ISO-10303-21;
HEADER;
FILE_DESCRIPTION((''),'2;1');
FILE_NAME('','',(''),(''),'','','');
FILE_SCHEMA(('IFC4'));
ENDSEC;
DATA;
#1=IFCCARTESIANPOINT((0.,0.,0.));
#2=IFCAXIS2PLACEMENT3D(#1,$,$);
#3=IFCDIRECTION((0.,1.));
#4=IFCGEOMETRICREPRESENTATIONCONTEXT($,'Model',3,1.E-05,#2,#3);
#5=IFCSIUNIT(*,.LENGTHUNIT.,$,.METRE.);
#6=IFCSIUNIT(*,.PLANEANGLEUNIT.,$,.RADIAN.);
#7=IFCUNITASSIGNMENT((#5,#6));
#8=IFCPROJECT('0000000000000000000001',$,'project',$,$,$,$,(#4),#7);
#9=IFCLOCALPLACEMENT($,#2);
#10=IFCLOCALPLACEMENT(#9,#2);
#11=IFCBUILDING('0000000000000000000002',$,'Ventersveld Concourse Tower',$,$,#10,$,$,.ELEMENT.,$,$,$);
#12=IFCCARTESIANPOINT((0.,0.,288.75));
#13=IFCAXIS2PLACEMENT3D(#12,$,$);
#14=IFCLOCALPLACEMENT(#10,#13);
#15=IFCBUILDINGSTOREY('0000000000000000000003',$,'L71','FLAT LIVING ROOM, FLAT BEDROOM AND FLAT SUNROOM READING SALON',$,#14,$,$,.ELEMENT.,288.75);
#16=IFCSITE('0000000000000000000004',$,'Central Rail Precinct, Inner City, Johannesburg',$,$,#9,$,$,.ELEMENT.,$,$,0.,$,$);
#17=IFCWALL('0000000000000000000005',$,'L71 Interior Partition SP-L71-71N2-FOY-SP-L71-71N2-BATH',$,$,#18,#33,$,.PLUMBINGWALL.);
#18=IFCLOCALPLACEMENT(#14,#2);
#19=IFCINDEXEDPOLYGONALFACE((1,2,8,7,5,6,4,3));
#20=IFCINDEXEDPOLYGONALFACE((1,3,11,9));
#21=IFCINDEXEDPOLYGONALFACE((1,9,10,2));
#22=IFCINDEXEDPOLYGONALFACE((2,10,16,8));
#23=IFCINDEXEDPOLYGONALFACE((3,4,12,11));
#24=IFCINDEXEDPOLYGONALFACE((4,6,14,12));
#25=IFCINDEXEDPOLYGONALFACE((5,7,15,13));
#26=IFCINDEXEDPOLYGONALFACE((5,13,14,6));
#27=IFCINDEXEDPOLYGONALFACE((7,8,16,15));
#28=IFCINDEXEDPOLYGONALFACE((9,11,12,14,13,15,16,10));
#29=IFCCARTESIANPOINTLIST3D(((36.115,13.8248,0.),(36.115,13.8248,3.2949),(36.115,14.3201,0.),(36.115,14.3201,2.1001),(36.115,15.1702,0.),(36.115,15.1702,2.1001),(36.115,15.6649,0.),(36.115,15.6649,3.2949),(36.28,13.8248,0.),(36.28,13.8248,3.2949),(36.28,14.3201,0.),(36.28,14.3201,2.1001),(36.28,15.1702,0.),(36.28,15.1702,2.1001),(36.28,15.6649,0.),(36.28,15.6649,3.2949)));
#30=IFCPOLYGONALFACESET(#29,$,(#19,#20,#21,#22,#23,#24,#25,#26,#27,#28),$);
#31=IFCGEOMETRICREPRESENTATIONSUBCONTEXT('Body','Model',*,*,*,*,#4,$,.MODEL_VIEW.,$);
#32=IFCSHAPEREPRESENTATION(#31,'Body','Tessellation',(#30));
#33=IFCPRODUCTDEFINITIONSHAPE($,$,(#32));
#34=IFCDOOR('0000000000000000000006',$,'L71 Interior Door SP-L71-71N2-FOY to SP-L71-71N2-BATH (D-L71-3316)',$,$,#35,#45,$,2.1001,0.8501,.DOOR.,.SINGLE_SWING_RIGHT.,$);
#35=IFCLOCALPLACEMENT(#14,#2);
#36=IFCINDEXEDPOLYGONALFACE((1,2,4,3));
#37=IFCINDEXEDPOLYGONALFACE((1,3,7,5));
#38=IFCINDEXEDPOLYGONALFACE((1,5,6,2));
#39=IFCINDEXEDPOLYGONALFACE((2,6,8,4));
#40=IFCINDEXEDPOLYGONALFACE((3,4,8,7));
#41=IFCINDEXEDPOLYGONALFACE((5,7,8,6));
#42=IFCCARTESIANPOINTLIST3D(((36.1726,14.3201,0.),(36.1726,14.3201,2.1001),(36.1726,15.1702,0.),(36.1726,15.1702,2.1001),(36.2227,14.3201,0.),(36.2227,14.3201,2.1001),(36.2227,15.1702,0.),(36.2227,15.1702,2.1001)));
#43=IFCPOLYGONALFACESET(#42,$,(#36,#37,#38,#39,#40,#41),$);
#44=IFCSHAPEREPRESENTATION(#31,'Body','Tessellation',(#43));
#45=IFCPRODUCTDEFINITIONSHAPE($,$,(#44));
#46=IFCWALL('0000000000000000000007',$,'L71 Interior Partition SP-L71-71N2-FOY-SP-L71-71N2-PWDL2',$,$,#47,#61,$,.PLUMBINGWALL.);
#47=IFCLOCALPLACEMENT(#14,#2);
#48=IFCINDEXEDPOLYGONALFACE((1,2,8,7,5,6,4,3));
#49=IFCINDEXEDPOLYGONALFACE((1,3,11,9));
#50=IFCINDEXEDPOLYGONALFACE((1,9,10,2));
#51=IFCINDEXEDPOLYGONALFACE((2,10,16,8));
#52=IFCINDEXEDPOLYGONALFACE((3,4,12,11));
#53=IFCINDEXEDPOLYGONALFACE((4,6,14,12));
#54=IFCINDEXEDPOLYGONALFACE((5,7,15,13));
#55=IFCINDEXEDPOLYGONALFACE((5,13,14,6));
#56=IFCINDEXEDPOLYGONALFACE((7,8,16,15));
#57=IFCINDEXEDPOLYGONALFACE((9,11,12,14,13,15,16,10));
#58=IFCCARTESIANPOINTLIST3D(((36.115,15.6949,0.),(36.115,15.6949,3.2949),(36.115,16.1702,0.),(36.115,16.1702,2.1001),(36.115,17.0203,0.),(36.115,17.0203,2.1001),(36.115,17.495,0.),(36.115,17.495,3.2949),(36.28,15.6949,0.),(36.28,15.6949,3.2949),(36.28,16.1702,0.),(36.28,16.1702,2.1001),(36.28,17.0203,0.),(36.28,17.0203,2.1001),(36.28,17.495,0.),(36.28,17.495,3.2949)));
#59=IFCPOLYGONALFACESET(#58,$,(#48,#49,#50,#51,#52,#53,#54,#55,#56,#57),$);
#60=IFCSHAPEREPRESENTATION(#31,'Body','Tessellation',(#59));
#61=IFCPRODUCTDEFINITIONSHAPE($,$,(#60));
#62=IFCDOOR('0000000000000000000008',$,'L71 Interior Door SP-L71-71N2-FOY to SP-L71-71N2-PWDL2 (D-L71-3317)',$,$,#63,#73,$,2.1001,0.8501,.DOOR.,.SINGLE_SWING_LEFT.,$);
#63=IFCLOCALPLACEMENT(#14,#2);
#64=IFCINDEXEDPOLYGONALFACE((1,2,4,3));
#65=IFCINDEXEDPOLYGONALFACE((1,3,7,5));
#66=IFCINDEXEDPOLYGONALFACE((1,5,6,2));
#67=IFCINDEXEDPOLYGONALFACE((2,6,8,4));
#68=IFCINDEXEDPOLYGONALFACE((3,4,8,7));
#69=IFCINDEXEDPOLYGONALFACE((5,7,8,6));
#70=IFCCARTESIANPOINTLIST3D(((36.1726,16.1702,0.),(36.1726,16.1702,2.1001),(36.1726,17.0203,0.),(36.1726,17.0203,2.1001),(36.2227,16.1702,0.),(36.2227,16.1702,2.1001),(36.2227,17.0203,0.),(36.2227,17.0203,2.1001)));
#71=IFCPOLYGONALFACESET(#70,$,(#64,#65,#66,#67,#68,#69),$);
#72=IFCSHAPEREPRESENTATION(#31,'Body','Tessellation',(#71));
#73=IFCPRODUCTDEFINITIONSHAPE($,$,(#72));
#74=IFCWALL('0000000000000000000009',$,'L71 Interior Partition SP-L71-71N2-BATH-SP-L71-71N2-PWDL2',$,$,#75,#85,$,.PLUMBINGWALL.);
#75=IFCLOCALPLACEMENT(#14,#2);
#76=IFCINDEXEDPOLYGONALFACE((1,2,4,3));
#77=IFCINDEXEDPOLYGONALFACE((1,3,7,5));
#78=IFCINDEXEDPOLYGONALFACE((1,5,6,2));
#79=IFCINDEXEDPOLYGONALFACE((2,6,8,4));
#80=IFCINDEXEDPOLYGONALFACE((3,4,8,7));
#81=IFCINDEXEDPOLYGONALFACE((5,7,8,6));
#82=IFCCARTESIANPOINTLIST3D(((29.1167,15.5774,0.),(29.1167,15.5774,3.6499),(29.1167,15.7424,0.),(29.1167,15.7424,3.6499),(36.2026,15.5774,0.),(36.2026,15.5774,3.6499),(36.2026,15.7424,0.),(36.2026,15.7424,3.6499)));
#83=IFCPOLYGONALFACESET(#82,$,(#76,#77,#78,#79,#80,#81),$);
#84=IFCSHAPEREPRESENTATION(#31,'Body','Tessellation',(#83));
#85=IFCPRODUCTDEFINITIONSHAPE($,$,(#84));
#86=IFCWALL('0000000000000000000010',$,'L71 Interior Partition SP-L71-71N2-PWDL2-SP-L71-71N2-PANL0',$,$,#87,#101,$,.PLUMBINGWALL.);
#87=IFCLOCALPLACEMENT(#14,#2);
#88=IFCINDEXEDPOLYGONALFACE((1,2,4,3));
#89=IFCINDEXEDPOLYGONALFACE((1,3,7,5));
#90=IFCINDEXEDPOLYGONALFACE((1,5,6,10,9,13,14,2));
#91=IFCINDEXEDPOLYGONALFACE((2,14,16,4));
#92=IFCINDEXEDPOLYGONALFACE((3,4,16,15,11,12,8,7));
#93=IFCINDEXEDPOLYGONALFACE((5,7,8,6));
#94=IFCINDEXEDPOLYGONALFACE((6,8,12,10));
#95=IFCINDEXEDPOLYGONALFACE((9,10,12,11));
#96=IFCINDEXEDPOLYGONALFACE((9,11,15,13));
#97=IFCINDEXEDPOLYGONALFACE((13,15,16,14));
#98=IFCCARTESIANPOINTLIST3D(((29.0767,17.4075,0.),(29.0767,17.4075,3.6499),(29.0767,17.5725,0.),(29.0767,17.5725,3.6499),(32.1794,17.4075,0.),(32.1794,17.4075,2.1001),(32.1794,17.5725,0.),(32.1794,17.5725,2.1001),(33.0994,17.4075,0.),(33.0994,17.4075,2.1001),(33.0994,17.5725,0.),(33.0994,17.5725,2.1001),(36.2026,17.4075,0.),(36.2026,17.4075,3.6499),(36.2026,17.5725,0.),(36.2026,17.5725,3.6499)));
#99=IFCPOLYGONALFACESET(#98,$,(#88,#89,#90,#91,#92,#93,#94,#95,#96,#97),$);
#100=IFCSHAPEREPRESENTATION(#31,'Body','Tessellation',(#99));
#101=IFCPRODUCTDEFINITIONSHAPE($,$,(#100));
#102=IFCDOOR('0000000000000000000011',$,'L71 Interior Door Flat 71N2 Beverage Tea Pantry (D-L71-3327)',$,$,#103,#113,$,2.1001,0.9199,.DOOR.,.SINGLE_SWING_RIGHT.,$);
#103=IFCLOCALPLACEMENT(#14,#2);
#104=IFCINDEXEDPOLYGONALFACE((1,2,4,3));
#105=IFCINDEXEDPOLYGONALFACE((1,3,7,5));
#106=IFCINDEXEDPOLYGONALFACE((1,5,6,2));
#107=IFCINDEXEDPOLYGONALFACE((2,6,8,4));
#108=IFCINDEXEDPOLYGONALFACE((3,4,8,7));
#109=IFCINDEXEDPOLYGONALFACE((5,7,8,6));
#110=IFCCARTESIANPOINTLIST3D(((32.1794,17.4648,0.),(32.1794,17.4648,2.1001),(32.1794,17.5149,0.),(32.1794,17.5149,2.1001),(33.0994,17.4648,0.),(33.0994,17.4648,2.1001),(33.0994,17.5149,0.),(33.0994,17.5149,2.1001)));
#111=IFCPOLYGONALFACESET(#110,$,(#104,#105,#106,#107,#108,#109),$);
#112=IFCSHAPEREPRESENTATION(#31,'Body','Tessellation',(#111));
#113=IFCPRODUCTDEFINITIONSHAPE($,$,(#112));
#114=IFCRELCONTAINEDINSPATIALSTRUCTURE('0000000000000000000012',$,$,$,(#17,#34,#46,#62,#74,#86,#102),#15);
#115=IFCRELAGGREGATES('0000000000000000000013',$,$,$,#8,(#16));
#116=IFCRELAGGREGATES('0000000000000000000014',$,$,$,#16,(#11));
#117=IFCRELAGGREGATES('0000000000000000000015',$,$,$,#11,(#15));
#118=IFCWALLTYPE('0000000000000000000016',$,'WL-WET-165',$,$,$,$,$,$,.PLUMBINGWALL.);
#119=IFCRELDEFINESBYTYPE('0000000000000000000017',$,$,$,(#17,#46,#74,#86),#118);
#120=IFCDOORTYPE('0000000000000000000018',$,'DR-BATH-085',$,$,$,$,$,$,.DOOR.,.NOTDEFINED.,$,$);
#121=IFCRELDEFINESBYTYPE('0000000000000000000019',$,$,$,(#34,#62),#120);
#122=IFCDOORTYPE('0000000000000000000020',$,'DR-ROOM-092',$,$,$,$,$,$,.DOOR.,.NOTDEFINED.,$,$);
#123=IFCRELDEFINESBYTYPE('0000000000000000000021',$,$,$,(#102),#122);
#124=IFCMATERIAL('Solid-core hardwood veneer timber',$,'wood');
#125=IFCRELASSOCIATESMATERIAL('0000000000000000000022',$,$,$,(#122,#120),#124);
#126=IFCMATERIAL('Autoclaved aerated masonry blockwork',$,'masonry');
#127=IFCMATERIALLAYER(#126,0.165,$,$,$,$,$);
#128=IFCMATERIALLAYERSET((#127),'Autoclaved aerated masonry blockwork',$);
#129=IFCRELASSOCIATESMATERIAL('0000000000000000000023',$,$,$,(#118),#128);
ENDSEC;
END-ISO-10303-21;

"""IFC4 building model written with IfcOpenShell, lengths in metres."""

from ifc_helpers import new_model, si_unit, direction, frame, frame_2d, origin, place, context, subcontext, project, spatial, rectangle, extrude, material, layer, layer_set, type_object, element, fill, save


model = new_model("IFC4")

# Units and contexts
model_context = context("Model", 3, precision=1e-05, world=origin(), true_north=direction((0.0, 1.0)))
body_context = subcontext(model_context, "Body", "Model", "MODEL_VIEW")
ifc_project = project(units=[si_unit("LENGTHUNIT", "METRE"), si_unit("PLANEANGLEUNIT", "RADIAN")], contexts=[model_context])

# Site, building, storey
site_placement = place(None, origin())
site = spatial("IfcSite", under=ifc_project, at=site_placement, Name="Central Rail Precinct, Inner City, Johannesburg", CompositionType="ELEMENT", RefElevation=0.0)
building_placement = place(site_placement, origin())
building = spatial("IfcBuilding", under=site, at=building_placement, Name="Ventersveld Concourse Tower", CompositionType="ELEMENT")
storey_placement = place(building_placement, frame((0.0, 0.0, 288.75)))
storey = spatial("IfcBuildingStorey", under=building, at=storey_placement, Name="L71", Description="FLAT LIVING ROOM, FLAT BEDROOM AND FLAT SUNROOM READING SALON", CompositionType="ELEMENT", Elevation=288.75)

# Shared definitions
ifc_material_1 = material(Name="Solid-core hardwood veneer timber", Category="wood")

# Shared definitions
ifc_material_2 = material(Name="Autoclaved aerated masonry blockwork", Category="masonry")
door_type_1 = type_object("IfcDoorType", Name="DR-ROOM-092", OperationType="NOTDEFINED", PredefinedType="DOOR", material=ifc_material_1)

# Walls, openings, doors
ifc_layer_1 = layer(ifc_material_2, 0.165)
ifc_layer_set_1 = layer_set([ifc_layer_1], Name="Autoclaved aerated masonry blockwork")
wall_type_1 = type_object("IfcWallType", Name="WL-WET-165", PredefinedType="PLUMBINGWALL", material=ifc_layer_set_1)
wall_1_placement = place(storey_placement, frame((36.1975, 13.825, 0.0), z_axis=(0.0, 0.0, 1.0), x_axis=(0.0, 1.0, 0.0)))
wall_1 = element("IfcWall", 1, at=wall_1_placement, inside=storey, type_object=wall_type_1, Name="L71 Interior Partition SP-L71-71N2-FOY-SP-L71-71N2-BATH", PredefinedType="PLUMBINGWALL", context=body_context, shape_type="SweptSolid", body=[
    extrude(rectangle(XDim=1.8401, YDim=0.165, at=frame_2d((0.9199, 0.0))), origin(), (0.0, 0.0, 1.0), 3.2949),
])
opening_1_placement = place(wall_1_placement, frame((0.4951, 0.0, 0.0)))
opening_1 = element("IfcOpeningElement", 2, at=opening_1_placement, cuts=wall_1, PredefinedType="OPENING", context=body_context, shape_type="SweptSolid", body=[
    extrude(rectangle(XDim=0.8501, YDim=2.1001, at=frame_2d((0.425, 1.05))), frame((0.0, 0.0925, 0.0), z_axis=(0.0, -1.0, 0.0), x_axis=(1.0, 0.0, 0.0)), (0.0, 0.0, 1.0), 0.1851),
])
door_type_2 = type_object("IfcDoorType", Name="DR-BATH-085", OperationType="NOTDEFINED", PredefinedType="DOOR", material=ifc_material_1)
door_1_placement = place(opening_1_placement, origin())
door_1 = element("IfcDoor", 3, at=door_1_placement, inside=storey, type_object=door_type_2, Name="L71 Interior Door SP-L71-71N2-FOY to SP-L71-71N2-BATH (D-L71-3316)", OperationType="SINGLE_SWING_RIGHT", OverallHeight=2.1001, OverallWidth=0.8501, PredefinedType="DOOR", context=body_context, shape_type="SweptSolid", body=[
    extrude(rectangle(XDim=0.8501, YDim=2.1001, at=frame_2d((0.425, 1.05))), frame((0.0, 0.0249, 0.0), z_axis=(0.0, -1.0, 0.0), x_axis=(1.0, 0.0, 0.0)), (0.0, 0.0, 1.0), 0.05),
])
fill(opening_1, door_1)
wall_2_placement = place(storey_placement, frame((36.1975, 15.6951, 0.0), z_axis=(0.0, 0.0, 1.0), x_axis=(0.0, 1.0, 0.0)))
wall_2 = element("IfcWall", 4, at=wall_2_placement, inside=storey, type_object=wall_type_1, Name="L71 Interior Partition SP-L71-71N2-FOY-SP-L71-71N2-PWDL2", PredefinedType="PLUMBINGWALL", context=body_context, shape_type="SweptSolid", body=[
    extrude(rectangle(XDim=1.8, YDim=0.165, at=frame_2d((0.8999, 0.0))), origin(), (0.0, 0.0, 1.0), 3.2949),
])
opening_2_placement = place(wall_2_placement, frame((0.4751, 0.0, 0.0)))
opening_2 = element("IfcOpeningElement", 5, at=opening_2_placement, cuts=wall_2, PredefinedType="OPENING", context=body_context, shape_type="SweptSolid", body=[
    extrude(rectangle(XDim=0.8501, YDim=2.1001, at=frame_2d((0.425, 1.05))), frame((0.0, 0.0925, 0.0), z_axis=(0.0, -1.0, 0.0), x_axis=(1.0, 0.0, 0.0)), (0.0, 0.0, 1.0), 0.1851),
])
door_2_placement = place(opening_2_placement, origin())
door_2 = element("IfcDoor", 6, at=door_2_placement, inside=storey, type_object=door_type_2, Name="L71 Interior Door SP-L71-71N2-FOY to SP-L71-71N2-PWDL2 (D-L71-3317)", OperationType="SINGLE_SWING_LEFT", OverallHeight=2.1001, OverallWidth=0.8501, PredefinedType="DOOR", context=body_context, shape_type="SweptSolid", body=[
    extrude(rectangle(XDim=0.8501, YDim=2.1001, at=frame_2d((0.425, 1.05))), frame((0.0, 0.0249, 0.0), z_axis=(0.0, -1.0, 0.0), x_axis=(1.0, 0.0, 0.0)), (0.0, 0.0, 1.0), 0.05),
])
fill(opening_2, door_2)

# Wall
wall_3_placement = place(storey_placement, frame((29.1167, 15.6599, 0.0), z_axis=(0.0, 0.0, 1.0), x_axis=(1.0, 0.0, 0.0)))
element("IfcWall", 7, at=wall_3_placement, inside=storey, type_object=wall_type_1, Name="L71 Interior Partition SP-L71-71N2-BATH-SP-L71-71N2-PWDL2", PredefinedType="PLUMBINGWALL", context=body_context, shape_type="SweptSolid", body=[
    extrude(rectangle(XDim=7.0859, YDim=0.165, at=frame_2d((3.543, 0.0))), origin(), (0.0, 0.0, 1.0), 3.6499),
])

# Wall, opening, door
wall_4_placement = place(storey_placement, frame((29.0767, 17.49, 0.0), z_axis=(0.0, 0.0, 1.0), x_axis=(1.0, 0.0, 0.0)))
wall_4 = element("IfcWall", 8, at=wall_4_placement, inside=storey, type_object=wall_type_1, Name="L71 Interior Partition SP-L71-71N2-PWDL2-SP-L71-71N2-PANL0", PredefinedType="PLUMBINGWALL", context=body_context, shape_type="SweptSolid", body=[
    extrude(rectangle(XDim=7.126, YDim=0.165, at=frame_2d((3.563, 0.0))), origin(), (0.0, 0.0, 1.0), 3.6499),
])
opening_3_placement = place(wall_4_placement, frame((3.1028, 0.0, 0.0)))
opening_3 = element("IfcOpeningElement", 9, at=opening_3_placement, cuts=wall_4, PredefinedType="OPENING", context=body_context, shape_type="SweptSolid", body=[
    extrude(rectangle(XDim=0.9199, YDim=2.1001, at=frame_2d((0.46, 1.05))), frame((0.0, 0.0925, 0.0), z_axis=(0.0, -1.0, 0.0), x_axis=(1.0, 0.0, 0.0)), (0.0, 0.0, 1.0), 0.1851),
])
door_3_placement = place(opening_3_placement, origin())
door_3 = element("IfcDoor", 10, at=door_3_placement, inside=storey, type_object=door_type_1, Name="L71 Interior Door Flat 71N2 Beverage Tea Pantry (D-L71-3327)", OperationType="SINGLE_SWING_RIGHT", OverallHeight=2.1001, OverallWidth=0.9199, PredefinedType="DOOR", context=body_context, shape_type="SweptSolid", body=[
    extrude(rectangle(XDim=0.9199, YDim=2.1001, at=frame_2d((0.46, 1.05))), frame((0.0, 0.0249, 0.0), z_axis=(0.0, -1.0, 0.0), x_axis=(1.0, 0.0, 0.0)), (0.0, 0.0, 1.0), 0.05),
])
fill(opening_3, door_3)

save(model, "model.ifc")
